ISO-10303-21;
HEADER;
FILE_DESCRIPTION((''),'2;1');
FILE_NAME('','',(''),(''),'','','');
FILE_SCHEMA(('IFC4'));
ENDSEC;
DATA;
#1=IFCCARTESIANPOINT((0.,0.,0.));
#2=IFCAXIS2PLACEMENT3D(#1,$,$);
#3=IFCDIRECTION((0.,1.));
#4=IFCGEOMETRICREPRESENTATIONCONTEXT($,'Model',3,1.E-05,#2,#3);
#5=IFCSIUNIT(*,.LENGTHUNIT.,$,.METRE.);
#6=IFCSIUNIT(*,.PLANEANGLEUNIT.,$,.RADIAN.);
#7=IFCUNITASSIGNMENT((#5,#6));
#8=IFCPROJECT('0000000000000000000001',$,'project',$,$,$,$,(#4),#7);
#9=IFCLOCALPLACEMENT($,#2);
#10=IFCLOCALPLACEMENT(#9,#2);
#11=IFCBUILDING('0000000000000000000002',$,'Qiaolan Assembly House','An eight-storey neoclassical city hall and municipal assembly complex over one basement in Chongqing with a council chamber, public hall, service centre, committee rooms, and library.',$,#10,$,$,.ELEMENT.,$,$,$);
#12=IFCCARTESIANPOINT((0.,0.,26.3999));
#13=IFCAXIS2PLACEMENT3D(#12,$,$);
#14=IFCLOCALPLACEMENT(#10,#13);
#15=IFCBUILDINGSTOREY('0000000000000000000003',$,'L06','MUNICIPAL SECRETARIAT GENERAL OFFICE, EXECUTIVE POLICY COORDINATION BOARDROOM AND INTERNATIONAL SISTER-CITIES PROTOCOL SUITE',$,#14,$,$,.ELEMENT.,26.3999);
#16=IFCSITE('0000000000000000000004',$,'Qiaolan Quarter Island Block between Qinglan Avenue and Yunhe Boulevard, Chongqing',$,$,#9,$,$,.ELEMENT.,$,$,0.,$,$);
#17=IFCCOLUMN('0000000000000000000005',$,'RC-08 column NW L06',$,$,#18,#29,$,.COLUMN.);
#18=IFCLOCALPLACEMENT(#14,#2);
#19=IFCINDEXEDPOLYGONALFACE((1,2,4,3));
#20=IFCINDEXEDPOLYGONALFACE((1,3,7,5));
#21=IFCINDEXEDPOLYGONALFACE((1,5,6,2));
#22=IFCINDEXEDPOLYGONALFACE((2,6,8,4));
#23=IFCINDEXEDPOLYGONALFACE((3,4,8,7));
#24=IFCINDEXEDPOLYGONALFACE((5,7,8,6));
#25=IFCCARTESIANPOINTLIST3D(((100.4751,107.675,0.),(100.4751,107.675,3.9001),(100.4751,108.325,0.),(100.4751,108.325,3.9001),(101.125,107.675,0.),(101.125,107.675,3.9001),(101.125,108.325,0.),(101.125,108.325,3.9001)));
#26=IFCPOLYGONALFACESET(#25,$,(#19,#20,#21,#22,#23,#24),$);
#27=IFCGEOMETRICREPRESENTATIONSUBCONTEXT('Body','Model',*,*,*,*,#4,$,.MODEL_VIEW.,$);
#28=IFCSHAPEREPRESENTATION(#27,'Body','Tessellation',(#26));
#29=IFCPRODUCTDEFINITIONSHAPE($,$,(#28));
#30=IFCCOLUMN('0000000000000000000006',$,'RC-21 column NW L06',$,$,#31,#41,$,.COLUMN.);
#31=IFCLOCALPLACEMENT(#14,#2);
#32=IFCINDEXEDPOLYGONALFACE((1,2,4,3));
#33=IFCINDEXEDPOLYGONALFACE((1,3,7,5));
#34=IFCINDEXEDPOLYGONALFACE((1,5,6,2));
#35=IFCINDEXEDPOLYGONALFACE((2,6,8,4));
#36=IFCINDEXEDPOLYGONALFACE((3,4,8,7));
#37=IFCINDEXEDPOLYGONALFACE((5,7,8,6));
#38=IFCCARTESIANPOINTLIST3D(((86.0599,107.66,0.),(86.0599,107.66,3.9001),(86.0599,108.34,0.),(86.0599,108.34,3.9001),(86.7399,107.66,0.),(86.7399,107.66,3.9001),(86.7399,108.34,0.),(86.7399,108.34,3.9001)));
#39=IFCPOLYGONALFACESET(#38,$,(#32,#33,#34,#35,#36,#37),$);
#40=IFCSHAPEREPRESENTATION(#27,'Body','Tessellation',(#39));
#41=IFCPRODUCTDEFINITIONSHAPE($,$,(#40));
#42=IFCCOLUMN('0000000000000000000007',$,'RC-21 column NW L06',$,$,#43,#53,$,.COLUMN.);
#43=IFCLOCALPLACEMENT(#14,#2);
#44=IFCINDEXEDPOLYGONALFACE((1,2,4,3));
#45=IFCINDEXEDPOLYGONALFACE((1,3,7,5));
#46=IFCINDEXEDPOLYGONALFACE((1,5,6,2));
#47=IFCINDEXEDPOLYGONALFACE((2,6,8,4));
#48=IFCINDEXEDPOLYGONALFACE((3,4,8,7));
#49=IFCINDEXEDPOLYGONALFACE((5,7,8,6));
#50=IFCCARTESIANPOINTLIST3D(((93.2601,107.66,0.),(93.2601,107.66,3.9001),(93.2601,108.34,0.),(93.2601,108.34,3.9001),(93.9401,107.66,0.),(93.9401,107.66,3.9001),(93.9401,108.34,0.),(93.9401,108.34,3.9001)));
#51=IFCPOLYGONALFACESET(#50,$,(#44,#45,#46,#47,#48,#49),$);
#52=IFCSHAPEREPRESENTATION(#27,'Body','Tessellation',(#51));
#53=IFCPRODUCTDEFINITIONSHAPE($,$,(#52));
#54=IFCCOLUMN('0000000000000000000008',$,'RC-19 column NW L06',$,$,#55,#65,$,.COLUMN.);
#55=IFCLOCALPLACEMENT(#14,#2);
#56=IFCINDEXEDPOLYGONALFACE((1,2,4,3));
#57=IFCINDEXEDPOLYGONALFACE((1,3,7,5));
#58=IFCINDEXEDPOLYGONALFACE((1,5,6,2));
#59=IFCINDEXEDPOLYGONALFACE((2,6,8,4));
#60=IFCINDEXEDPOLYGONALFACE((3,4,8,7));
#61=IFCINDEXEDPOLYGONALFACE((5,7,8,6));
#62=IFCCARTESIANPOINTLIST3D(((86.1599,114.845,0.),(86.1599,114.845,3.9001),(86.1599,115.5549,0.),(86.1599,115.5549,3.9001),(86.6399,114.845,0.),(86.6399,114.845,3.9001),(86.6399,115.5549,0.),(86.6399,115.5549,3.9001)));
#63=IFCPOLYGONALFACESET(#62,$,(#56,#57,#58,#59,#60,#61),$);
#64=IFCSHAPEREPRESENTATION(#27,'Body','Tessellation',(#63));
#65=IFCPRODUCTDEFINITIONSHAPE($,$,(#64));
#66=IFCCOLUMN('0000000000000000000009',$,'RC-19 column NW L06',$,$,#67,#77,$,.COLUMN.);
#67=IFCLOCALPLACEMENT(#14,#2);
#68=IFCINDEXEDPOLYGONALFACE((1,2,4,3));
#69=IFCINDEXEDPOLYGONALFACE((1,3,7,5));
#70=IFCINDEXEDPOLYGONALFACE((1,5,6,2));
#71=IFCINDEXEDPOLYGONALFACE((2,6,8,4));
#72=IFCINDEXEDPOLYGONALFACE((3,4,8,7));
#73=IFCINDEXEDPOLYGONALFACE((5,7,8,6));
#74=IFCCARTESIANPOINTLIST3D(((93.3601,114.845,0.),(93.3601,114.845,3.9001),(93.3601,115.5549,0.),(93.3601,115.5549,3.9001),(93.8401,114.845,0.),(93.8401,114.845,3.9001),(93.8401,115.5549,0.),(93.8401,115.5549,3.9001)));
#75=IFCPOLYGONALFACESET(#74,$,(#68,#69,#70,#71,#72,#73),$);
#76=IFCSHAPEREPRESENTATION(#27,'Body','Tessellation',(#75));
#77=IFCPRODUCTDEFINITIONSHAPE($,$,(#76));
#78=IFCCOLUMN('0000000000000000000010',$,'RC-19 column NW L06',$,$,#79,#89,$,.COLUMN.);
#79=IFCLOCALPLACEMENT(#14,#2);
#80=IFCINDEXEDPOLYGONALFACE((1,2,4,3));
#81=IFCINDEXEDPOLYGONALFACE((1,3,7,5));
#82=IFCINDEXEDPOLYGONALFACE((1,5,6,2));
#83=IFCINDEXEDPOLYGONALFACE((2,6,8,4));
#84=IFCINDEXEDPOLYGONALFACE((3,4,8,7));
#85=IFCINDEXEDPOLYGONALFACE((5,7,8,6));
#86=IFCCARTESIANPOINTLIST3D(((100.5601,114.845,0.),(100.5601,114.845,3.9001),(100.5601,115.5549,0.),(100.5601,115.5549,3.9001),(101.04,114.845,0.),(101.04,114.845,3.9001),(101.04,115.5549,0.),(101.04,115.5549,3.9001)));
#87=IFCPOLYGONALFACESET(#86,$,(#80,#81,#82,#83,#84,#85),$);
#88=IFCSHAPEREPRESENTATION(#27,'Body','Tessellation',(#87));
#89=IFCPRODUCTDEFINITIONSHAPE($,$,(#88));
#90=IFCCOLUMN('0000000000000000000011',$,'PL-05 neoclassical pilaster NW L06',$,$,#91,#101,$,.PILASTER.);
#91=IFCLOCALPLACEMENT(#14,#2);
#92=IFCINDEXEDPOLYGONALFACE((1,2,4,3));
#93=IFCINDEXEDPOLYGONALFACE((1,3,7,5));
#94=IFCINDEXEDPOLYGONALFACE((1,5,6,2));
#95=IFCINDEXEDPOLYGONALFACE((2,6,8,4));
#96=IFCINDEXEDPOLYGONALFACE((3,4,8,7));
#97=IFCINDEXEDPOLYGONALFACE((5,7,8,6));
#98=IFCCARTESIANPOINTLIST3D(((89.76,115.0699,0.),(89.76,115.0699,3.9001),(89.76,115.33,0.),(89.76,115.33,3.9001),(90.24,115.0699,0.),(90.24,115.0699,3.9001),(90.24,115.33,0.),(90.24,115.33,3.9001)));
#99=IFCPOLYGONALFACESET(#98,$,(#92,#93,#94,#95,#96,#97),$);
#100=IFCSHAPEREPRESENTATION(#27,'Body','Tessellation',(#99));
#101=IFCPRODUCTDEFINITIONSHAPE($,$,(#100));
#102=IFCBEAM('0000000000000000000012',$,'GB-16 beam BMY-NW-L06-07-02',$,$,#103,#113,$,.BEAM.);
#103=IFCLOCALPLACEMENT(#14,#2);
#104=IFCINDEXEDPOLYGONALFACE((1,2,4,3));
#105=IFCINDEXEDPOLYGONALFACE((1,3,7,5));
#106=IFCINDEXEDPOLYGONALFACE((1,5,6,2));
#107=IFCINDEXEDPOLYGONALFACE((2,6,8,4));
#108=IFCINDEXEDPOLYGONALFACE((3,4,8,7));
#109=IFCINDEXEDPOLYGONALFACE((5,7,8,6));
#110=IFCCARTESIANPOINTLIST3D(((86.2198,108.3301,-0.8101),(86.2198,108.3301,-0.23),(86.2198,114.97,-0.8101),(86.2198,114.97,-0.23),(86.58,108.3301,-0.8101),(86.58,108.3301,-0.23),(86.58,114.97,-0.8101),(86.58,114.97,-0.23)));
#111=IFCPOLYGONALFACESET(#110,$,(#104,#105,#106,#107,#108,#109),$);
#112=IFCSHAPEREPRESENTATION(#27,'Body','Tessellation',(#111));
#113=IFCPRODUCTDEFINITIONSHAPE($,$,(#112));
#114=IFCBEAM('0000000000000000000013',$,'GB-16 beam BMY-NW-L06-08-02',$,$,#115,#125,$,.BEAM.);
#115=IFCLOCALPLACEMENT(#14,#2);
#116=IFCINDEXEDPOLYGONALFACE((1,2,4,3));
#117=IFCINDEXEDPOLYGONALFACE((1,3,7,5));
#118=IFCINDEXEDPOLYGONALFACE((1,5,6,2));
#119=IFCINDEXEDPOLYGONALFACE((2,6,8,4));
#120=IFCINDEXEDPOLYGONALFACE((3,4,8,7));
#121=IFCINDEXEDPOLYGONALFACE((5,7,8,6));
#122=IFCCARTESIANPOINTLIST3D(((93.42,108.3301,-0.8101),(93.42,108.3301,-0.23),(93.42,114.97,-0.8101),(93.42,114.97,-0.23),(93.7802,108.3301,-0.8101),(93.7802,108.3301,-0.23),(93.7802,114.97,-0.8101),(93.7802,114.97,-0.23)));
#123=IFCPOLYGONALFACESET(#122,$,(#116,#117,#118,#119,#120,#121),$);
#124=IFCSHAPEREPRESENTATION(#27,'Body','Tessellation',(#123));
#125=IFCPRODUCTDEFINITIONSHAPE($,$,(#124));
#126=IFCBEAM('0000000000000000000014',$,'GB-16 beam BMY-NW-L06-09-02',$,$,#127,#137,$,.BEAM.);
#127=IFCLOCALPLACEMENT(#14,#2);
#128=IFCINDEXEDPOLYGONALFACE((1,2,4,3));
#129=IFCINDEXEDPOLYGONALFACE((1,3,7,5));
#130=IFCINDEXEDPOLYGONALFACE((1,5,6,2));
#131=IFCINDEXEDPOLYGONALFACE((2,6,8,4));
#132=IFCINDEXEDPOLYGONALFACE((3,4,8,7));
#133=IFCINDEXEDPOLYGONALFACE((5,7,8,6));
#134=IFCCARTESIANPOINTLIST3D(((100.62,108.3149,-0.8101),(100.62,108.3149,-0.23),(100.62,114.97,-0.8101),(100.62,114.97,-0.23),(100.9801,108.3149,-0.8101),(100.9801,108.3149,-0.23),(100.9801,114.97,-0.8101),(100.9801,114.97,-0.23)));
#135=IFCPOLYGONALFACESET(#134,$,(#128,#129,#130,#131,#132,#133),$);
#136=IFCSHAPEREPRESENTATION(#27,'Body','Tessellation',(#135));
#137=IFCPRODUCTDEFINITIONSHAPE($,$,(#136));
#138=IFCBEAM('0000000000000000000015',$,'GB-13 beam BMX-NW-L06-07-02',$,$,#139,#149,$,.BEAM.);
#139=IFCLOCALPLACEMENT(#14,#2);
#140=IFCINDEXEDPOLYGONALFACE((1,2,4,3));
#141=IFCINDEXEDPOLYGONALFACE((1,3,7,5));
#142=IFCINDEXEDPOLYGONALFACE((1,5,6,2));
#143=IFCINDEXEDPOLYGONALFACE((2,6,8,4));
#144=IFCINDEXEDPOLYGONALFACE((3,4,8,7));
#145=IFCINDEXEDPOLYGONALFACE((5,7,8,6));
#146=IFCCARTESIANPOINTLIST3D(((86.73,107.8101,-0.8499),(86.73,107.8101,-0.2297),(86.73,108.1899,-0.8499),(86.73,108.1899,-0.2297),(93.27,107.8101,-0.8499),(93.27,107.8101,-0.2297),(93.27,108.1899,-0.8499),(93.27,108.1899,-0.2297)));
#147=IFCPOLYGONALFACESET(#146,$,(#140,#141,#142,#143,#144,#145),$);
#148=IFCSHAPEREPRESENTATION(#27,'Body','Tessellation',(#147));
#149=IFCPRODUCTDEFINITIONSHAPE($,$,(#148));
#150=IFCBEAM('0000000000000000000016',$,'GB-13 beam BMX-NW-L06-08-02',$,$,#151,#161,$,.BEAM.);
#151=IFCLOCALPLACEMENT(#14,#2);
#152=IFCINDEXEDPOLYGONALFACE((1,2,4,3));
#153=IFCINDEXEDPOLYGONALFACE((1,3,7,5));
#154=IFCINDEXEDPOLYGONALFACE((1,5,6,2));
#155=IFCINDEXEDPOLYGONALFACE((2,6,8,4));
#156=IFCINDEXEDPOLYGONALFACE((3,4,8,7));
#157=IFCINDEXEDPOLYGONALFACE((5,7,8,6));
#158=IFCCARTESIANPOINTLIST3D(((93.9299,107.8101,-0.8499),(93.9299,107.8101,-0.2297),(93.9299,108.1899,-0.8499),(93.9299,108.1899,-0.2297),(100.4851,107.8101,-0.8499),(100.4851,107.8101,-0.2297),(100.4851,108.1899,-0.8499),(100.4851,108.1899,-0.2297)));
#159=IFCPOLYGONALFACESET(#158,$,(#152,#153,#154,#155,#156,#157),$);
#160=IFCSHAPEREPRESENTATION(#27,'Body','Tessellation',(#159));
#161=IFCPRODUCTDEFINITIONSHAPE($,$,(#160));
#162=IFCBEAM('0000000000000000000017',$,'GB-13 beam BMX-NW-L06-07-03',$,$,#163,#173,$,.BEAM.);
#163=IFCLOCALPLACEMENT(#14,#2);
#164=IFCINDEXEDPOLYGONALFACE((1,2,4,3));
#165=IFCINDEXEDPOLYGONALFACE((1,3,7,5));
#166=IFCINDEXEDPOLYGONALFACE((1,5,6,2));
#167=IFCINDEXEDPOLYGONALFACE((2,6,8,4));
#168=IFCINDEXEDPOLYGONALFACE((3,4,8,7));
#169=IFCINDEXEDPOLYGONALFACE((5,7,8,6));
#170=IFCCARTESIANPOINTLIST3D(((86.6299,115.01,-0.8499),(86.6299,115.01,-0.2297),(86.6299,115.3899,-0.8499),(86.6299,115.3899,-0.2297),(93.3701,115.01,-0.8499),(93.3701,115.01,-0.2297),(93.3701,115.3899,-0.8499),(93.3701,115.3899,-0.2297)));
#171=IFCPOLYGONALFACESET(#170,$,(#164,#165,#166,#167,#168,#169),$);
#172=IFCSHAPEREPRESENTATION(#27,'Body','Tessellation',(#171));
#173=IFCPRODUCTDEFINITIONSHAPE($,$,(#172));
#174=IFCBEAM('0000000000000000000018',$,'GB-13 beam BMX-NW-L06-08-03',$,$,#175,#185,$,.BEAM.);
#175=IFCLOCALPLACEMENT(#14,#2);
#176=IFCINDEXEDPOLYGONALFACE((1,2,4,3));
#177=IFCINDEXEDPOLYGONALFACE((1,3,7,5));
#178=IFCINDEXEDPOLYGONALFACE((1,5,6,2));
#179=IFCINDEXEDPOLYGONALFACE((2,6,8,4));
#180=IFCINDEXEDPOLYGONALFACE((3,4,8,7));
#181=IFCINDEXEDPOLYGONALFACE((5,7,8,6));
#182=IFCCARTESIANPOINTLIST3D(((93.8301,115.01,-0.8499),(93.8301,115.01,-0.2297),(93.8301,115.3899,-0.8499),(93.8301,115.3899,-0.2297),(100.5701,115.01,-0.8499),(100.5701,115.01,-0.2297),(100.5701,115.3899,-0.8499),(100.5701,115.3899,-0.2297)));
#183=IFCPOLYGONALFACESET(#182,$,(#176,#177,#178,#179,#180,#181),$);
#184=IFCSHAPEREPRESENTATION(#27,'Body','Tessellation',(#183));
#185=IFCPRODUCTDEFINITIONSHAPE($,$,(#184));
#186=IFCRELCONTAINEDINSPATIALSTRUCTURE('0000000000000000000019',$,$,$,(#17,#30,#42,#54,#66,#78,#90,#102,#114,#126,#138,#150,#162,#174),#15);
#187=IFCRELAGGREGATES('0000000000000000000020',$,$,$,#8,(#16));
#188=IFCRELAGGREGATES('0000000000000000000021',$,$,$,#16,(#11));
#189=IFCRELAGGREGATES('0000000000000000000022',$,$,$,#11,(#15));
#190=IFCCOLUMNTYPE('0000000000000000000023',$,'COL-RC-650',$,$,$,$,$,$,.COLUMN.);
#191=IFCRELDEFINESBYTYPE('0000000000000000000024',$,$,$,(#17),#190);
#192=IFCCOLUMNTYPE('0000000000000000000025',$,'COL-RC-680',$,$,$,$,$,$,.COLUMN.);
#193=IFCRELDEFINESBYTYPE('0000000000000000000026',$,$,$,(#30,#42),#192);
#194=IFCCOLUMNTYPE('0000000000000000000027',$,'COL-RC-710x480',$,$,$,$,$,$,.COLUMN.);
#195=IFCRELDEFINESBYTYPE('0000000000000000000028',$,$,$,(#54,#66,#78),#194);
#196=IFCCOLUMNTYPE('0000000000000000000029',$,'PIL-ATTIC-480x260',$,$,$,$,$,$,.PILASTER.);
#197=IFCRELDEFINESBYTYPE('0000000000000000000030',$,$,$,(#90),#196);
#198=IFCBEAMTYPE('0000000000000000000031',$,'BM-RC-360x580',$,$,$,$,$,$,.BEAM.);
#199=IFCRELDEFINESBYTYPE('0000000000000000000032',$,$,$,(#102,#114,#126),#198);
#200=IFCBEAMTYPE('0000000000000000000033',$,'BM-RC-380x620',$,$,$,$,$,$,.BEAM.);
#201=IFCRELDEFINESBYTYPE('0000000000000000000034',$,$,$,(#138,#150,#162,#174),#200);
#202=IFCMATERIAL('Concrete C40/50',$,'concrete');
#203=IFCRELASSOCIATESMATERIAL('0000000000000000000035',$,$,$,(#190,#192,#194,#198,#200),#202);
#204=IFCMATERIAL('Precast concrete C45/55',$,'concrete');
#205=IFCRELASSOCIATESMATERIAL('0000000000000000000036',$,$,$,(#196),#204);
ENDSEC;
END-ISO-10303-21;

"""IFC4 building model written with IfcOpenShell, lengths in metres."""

from ifc_helpers import new_model, si_unit, direction, frame, origin, origin_2d, place, context, subcontext, project, spatial, rectangle, extrude, material, material_profile, profile_set, type_object, element, save


model = new_model("IFC4")

# Units and contexts
model_context = context("Model", 3, precision=1e-05, world=origin(), true_north=direction((0.0, 1.0)))
body_context = subcontext(model_context, "Body", "Model", "MODEL_VIEW")
ifc_project = project(units=[si_unit("LENGTHUNIT", "METRE"), si_unit("PLANEANGLEUNIT", "RADIAN")], contexts=[model_context])

# Site, building, storey
site_placement = place(None, origin())
site = spatial("IfcSite", under=ifc_project, at=site_placement, Name="Qiaolan Quarter Island Block between Qinglan Avenue and Yunhe Boulevard, Chongqing", CompositionType="ELEMENT", RefElevation=0.0)
building_placement = place(site_placement, origin())
building = spatial("IfcBuilding", under=site, at=building_placement, Name="Qiaolan Assembly House", Description="An eight-storey neoclassical city hall and municipal assembly complex over one basement in Chongqing with a council chamber, public hall, service centre, committee rooms, and library.", CompositionType="ELEMENT")
storey_placement = place(building_placement, frame((0.0, 0.0, 26.3999)))
storey = spatial("IfcBuildingStorey", under=building, at=storey_placement, Name="L06", Description="MUNICIPAL SECRETARIAT GENERAL OFFICE, EXECUTIVE POLICY COORDINATION BOARDROOM AND INTERNATIONAL SISTER-CITIES PROTOCOL SUITE", CompositionType="ELEMENT", Elevation=26.3999)

# Columns
ifc_material_1 = material(Name="Concrete C40/50", Category="concrete")
ifc_material_profile_1 = material_profile(ifc_material_1, rectangle(XDim=0.6499, YDim=0.6499, at=origin_2d()), Name="RC 650x650")
ifc_profile_set_1 = profile_set([ifc_material_profile_1], Name="Concrete C40/50")
column_type_1 = type_object("IfcColumnType", Name="COL-RC-650", PredefinedType="COLUMN", material=ifc_profile_set_1)
column_1_placement = place(storey_placement, frame((100.8, 108.0, 0.0), z_axis=(0.0, 0.0, 1.0), x_axis=(1.0, 0.0, 0.0)))
element("IfcColumn", 1, at=column_1_placement, inside=storey, type_object=column_type_1, Name="RC-08 column NW L06", PredefinedType="COLUMN", context=body_context, shape_type="SweptSolid", body=[
    extrude(rectangle(XDim=0.6499, YDim=0.6499, at=origin_2d()), origin(), (0.0, 0.0, 1.0), 3.9001),
])
ifc_material_profile_2 = material_profile(ifc_material_1, rectangle(XDim=0.6799, YDim=0.6799, at=origin_2d()), Name="RC 680x680")
ifc_profile_set_2 = profile_set([ifc_material_profile_2], Name="Concrete C40/50")
column_type_2 = type_object("IfcColumnType", Name="COL-RC-680", PredefinedType="COLUMN", material=ifc_profile_set_2)
for number, where, z_axis, x_axis, name in (
    (2, (86.3999, 108.0, 0.0), (0.0, 0.0, 1.0), (1.0, 0.0, 0.0), "RC-21 column NW L06"),
    (3, (93.6001, 108.0, 0.0), (0.0, 0.0, 1.0), (1.0, 0.0, 0.0), "RC-21 column NW L06"),
):
    element("IfcColumn", number, at=place(storey_placement, frame(where, z_axis=z_axis, x_axis=x_axis)), inside=storey, type_object=column_type_2, Name=name, PredefinedType="COLUMN", context=body_context, shape_type="SweptSolid", body=[
        extrude(rectangle(XDim=0.6799, YDim=0.6799, at=origin_2d()), origin(), (0.0, 0.0, 1.0), 3.9001),
    ])
ifc_material_profile_3 = material_profile(ifc_material_1, rectangle(XDim=0.48, YDim=0.71, at=origin_2d()), Name="RC 710x480")
ifc_profile_set_3 = profile_set([ifc_material_profile_3], Name="Concrete C40/50")
column_type_3 = type_object("IfcColumnType", Name="COL-RC-710x480", PredefinedType="COLUMN", material=ifc_profile_set_3)
for number, where, z_axis, x_axis, name in (
    (4, (86.3999, 115.2, 0.0), (0.0, 0.0, 1.0), (1.0, 0.0, 0.0), "RC-19 column NW L06"),
    (5, (93.6001, 115.2, 0.0), (0.0, 0.0, 1.0), (1.0, 0.0, 0.0), "RC-19 column NW L06"),
    (6, (100.8, 115.2, 0.0), (0.0, 0.0, 1.0), (1.0, 0.0, 0.0), "RC-19 column NW L06"),
):
    element("IfcColumn", number, at=place(storey_placement, frame(where, z_axis=z_axis, x_axis=x_axis)), inside=storey, type_object=column_type_3, Name=name, PredefinedType="COLUMN", context=body_context, shape_type="SweptSolid", body=[
        extrude(rectangle(XDim=0.48, YDim=0.71, at=origin_2d()), origin(), (0.0, 0.0, 1.0), 3.9001),
    ])
ifc_material_2 = material(Name="Precast concrete C45/55", Category="concrete")
ifc_material_profile_4 = material_profile(ifc_material_2, rectangle(XDim=0.48, YDim=0.26, at=origin_2d()), Name="PIL 480x260")
ifc_profile_set_4 = profile_set([ifc_material_profile_4], Name="Precast concrete C45/55")
column_type_4 = type_object("IfcColumnType", Name="PIL-ATTIC-480x260", PredefinedType="PILASTER", material=ifc_profile_set_4)
column_2_placement = place(storey_placement, frame((90.0, 115.2, 0.0), z_axis=(0.0, 0.0, 1.0), x_axis=(1.0, 0.0, 0.0)))
element("IfcColumn", 7, at=column_2_placement, inside=storey, type_object=column_type_4, Name="PL-05 neoclassical pilaster NW L06", PredefinedType="PILASTER", context=body_context, shape_type="SweptSolid", body=[
    extrude(rectangle(XDim=0.48, YDim=0.26, at=origin_2d()), origin(), (0.0, 0.0, 1.0), 3.9001),
])

# Beams
ifc_material_profile_5 = material_profile(ifc_material_1, rectangle(XDim=0.3601, YDim=0.5801, at=origin_2d()), Name="RCB 360x580")
ifc_profile_set_5 = profile_set([ifc_material_profile_5], Name="Concrete C40/50")
beam_type_1 = type_object("IfcBeamType", Name="BM-RC-360x580", PredefinedType="BEAM", material=ifc_profile_set_5)
for number, where, z_axis, x_axis, name in (
    (8, (86.3999, 108.3301, -0.52), (0.0, 1.0, 0.0), (-1.0, 0.0, 0.0), "GB-16 beam BMY-NW-L06-07-02"),
    (9, (93.6001, 108.3301, -0.52), (0.0, 1.0, 0.0), (-1.0, 0.0, 0.0), "GB-16 beam BMY-NW-L06-08-02"),
):
    element("IfcBeam", number, at=place(storey_placement, frame(where, z_axis=z_axis, x_axis=x_axis)), inside=storey, type_object=beam_type_1, Name=name, PredefinedType="BEAM", context=body_context, shape_type="SweptSolid", body=[
        extrude(rectangle(XDim=0.3601, YDim=0.5801, at=origin_2d()), origin(), (0.0, 0.0, 1.0), 6.6399),
    ])
beam_1_placement = place(storey_placement, frame((100.8, 108.3149, -0.52), z_axis=(0.0, 1.0, 0.0), x_axis=(-1.0, 0.0, 0.0)))
element("IfcBeam", 10, at=beam_1_placement, inside=storey, type_object=beam_type_1, Name="GB-16 beam BMY-NW-L06-09-02", PredefinedType="BEAM", context=body_context, shape_type="SweptSolid", body=[
    extrude(rectangle(XDim=0.3601, YDim=0.5801, at=origin_2d()), origin(), (0.0, 0.0, 1.0), 6.655),
])
ifc_material_profile_6 = material_profile(ifc_material_1, rectangle(XDim=0.3799, YDim=0.6201, at=origin_2d()), Name="RCB 380x620")
ifc_profile_set_6 = profile_set([ifc_material_profile_6], Name="Concrete C40/50")
beam_type_2 = type_object("IfcBeamType", Name="BM-RC-380x620", PredefinedType="BEAM", material=ifc_profile_set_6)
beam_2_placement = place(storey_placement, frame((86.73, 108.0, -0.5398), z_axis=(1.0, 0.0, 0.0), x_axis=(0.0, 1.0, 0.0)))
element("IfcBeam", 11, at=beam_2_placement, inside=storey, type_object=beam_type_2, Name="GB-13 beam BMX-NW-L06-07-02", PredefinedType="BEAM", context=body_context, shape_type="SweptSolid", body=[
    extrude(rectangle(XDim=0.3799, YDim=0.6201, at=origin_2d()), origin(), (0.0, 0.0, 1.0), 6.54),
])
beam_3_placement = place(storey_placement, frame((93.9299, 108.0, -0.5398), z_axis=(1.0, 0.0, 0.0), x_axis=(0.0, 1.0, 0.0)))
element("IfcBeam", 12, at=beam_3_placement, inside=storey, type_object=beam_type_2, Name="GB-13 beam BMX-NW-L06-08-02", PredefinedType="BEAM", context=body_context, shape_type="SweptSolid", body=[
    extrude(rectangle(XDim=0.3799, YDim=0.6201, at=origin_2d()), origin(), (0.0, 0.0, 1.0), 6.5552),
])
beam_4_placement = place(storey_placement, frame((86.6299, 115.2, -0.5398), z_axis=(1.0, 0.0, 0.0), x_axis=(0.0, 1.0, 0.0)))
element("IfcBeam", 13, at=beam_4_placement, inside=storey, type_object=beam_type_2, Name="GB-13 beam BMX-NW-L06-07-03", PredefinedType="BEAM", context=body_context, shape_type="SweptSolid", body=[
    extrude(rectangle(XDim=0.3799, YDim=0.6201, at=origin_2d()), origin(), (0.0, 0.0, 1.0), 6.7402),
])
beam_5_placement = place(storey_placement, frame((93.8301, 115.2, -0.5398), z_axis=(1.0, 0.0, 0.0), x_axis=(0.0, 1.0, 0.0)))
element("IfcBeam", 14, at=beam_5_placement, inside=storey, type_object=beam_type_2, Name="GB-13 beam BMX-NW-L06-08-03", PredefinedType="BEAM", context=body_context, shape_type="SweptSolid", body=[
    extrude(rectangle(XDim=0.3799, YDim=0.6201, at=origin_2d()), origin(), (0.0, 0.0, 1.0), 6.74),
])

save(model, "model.ifc")
